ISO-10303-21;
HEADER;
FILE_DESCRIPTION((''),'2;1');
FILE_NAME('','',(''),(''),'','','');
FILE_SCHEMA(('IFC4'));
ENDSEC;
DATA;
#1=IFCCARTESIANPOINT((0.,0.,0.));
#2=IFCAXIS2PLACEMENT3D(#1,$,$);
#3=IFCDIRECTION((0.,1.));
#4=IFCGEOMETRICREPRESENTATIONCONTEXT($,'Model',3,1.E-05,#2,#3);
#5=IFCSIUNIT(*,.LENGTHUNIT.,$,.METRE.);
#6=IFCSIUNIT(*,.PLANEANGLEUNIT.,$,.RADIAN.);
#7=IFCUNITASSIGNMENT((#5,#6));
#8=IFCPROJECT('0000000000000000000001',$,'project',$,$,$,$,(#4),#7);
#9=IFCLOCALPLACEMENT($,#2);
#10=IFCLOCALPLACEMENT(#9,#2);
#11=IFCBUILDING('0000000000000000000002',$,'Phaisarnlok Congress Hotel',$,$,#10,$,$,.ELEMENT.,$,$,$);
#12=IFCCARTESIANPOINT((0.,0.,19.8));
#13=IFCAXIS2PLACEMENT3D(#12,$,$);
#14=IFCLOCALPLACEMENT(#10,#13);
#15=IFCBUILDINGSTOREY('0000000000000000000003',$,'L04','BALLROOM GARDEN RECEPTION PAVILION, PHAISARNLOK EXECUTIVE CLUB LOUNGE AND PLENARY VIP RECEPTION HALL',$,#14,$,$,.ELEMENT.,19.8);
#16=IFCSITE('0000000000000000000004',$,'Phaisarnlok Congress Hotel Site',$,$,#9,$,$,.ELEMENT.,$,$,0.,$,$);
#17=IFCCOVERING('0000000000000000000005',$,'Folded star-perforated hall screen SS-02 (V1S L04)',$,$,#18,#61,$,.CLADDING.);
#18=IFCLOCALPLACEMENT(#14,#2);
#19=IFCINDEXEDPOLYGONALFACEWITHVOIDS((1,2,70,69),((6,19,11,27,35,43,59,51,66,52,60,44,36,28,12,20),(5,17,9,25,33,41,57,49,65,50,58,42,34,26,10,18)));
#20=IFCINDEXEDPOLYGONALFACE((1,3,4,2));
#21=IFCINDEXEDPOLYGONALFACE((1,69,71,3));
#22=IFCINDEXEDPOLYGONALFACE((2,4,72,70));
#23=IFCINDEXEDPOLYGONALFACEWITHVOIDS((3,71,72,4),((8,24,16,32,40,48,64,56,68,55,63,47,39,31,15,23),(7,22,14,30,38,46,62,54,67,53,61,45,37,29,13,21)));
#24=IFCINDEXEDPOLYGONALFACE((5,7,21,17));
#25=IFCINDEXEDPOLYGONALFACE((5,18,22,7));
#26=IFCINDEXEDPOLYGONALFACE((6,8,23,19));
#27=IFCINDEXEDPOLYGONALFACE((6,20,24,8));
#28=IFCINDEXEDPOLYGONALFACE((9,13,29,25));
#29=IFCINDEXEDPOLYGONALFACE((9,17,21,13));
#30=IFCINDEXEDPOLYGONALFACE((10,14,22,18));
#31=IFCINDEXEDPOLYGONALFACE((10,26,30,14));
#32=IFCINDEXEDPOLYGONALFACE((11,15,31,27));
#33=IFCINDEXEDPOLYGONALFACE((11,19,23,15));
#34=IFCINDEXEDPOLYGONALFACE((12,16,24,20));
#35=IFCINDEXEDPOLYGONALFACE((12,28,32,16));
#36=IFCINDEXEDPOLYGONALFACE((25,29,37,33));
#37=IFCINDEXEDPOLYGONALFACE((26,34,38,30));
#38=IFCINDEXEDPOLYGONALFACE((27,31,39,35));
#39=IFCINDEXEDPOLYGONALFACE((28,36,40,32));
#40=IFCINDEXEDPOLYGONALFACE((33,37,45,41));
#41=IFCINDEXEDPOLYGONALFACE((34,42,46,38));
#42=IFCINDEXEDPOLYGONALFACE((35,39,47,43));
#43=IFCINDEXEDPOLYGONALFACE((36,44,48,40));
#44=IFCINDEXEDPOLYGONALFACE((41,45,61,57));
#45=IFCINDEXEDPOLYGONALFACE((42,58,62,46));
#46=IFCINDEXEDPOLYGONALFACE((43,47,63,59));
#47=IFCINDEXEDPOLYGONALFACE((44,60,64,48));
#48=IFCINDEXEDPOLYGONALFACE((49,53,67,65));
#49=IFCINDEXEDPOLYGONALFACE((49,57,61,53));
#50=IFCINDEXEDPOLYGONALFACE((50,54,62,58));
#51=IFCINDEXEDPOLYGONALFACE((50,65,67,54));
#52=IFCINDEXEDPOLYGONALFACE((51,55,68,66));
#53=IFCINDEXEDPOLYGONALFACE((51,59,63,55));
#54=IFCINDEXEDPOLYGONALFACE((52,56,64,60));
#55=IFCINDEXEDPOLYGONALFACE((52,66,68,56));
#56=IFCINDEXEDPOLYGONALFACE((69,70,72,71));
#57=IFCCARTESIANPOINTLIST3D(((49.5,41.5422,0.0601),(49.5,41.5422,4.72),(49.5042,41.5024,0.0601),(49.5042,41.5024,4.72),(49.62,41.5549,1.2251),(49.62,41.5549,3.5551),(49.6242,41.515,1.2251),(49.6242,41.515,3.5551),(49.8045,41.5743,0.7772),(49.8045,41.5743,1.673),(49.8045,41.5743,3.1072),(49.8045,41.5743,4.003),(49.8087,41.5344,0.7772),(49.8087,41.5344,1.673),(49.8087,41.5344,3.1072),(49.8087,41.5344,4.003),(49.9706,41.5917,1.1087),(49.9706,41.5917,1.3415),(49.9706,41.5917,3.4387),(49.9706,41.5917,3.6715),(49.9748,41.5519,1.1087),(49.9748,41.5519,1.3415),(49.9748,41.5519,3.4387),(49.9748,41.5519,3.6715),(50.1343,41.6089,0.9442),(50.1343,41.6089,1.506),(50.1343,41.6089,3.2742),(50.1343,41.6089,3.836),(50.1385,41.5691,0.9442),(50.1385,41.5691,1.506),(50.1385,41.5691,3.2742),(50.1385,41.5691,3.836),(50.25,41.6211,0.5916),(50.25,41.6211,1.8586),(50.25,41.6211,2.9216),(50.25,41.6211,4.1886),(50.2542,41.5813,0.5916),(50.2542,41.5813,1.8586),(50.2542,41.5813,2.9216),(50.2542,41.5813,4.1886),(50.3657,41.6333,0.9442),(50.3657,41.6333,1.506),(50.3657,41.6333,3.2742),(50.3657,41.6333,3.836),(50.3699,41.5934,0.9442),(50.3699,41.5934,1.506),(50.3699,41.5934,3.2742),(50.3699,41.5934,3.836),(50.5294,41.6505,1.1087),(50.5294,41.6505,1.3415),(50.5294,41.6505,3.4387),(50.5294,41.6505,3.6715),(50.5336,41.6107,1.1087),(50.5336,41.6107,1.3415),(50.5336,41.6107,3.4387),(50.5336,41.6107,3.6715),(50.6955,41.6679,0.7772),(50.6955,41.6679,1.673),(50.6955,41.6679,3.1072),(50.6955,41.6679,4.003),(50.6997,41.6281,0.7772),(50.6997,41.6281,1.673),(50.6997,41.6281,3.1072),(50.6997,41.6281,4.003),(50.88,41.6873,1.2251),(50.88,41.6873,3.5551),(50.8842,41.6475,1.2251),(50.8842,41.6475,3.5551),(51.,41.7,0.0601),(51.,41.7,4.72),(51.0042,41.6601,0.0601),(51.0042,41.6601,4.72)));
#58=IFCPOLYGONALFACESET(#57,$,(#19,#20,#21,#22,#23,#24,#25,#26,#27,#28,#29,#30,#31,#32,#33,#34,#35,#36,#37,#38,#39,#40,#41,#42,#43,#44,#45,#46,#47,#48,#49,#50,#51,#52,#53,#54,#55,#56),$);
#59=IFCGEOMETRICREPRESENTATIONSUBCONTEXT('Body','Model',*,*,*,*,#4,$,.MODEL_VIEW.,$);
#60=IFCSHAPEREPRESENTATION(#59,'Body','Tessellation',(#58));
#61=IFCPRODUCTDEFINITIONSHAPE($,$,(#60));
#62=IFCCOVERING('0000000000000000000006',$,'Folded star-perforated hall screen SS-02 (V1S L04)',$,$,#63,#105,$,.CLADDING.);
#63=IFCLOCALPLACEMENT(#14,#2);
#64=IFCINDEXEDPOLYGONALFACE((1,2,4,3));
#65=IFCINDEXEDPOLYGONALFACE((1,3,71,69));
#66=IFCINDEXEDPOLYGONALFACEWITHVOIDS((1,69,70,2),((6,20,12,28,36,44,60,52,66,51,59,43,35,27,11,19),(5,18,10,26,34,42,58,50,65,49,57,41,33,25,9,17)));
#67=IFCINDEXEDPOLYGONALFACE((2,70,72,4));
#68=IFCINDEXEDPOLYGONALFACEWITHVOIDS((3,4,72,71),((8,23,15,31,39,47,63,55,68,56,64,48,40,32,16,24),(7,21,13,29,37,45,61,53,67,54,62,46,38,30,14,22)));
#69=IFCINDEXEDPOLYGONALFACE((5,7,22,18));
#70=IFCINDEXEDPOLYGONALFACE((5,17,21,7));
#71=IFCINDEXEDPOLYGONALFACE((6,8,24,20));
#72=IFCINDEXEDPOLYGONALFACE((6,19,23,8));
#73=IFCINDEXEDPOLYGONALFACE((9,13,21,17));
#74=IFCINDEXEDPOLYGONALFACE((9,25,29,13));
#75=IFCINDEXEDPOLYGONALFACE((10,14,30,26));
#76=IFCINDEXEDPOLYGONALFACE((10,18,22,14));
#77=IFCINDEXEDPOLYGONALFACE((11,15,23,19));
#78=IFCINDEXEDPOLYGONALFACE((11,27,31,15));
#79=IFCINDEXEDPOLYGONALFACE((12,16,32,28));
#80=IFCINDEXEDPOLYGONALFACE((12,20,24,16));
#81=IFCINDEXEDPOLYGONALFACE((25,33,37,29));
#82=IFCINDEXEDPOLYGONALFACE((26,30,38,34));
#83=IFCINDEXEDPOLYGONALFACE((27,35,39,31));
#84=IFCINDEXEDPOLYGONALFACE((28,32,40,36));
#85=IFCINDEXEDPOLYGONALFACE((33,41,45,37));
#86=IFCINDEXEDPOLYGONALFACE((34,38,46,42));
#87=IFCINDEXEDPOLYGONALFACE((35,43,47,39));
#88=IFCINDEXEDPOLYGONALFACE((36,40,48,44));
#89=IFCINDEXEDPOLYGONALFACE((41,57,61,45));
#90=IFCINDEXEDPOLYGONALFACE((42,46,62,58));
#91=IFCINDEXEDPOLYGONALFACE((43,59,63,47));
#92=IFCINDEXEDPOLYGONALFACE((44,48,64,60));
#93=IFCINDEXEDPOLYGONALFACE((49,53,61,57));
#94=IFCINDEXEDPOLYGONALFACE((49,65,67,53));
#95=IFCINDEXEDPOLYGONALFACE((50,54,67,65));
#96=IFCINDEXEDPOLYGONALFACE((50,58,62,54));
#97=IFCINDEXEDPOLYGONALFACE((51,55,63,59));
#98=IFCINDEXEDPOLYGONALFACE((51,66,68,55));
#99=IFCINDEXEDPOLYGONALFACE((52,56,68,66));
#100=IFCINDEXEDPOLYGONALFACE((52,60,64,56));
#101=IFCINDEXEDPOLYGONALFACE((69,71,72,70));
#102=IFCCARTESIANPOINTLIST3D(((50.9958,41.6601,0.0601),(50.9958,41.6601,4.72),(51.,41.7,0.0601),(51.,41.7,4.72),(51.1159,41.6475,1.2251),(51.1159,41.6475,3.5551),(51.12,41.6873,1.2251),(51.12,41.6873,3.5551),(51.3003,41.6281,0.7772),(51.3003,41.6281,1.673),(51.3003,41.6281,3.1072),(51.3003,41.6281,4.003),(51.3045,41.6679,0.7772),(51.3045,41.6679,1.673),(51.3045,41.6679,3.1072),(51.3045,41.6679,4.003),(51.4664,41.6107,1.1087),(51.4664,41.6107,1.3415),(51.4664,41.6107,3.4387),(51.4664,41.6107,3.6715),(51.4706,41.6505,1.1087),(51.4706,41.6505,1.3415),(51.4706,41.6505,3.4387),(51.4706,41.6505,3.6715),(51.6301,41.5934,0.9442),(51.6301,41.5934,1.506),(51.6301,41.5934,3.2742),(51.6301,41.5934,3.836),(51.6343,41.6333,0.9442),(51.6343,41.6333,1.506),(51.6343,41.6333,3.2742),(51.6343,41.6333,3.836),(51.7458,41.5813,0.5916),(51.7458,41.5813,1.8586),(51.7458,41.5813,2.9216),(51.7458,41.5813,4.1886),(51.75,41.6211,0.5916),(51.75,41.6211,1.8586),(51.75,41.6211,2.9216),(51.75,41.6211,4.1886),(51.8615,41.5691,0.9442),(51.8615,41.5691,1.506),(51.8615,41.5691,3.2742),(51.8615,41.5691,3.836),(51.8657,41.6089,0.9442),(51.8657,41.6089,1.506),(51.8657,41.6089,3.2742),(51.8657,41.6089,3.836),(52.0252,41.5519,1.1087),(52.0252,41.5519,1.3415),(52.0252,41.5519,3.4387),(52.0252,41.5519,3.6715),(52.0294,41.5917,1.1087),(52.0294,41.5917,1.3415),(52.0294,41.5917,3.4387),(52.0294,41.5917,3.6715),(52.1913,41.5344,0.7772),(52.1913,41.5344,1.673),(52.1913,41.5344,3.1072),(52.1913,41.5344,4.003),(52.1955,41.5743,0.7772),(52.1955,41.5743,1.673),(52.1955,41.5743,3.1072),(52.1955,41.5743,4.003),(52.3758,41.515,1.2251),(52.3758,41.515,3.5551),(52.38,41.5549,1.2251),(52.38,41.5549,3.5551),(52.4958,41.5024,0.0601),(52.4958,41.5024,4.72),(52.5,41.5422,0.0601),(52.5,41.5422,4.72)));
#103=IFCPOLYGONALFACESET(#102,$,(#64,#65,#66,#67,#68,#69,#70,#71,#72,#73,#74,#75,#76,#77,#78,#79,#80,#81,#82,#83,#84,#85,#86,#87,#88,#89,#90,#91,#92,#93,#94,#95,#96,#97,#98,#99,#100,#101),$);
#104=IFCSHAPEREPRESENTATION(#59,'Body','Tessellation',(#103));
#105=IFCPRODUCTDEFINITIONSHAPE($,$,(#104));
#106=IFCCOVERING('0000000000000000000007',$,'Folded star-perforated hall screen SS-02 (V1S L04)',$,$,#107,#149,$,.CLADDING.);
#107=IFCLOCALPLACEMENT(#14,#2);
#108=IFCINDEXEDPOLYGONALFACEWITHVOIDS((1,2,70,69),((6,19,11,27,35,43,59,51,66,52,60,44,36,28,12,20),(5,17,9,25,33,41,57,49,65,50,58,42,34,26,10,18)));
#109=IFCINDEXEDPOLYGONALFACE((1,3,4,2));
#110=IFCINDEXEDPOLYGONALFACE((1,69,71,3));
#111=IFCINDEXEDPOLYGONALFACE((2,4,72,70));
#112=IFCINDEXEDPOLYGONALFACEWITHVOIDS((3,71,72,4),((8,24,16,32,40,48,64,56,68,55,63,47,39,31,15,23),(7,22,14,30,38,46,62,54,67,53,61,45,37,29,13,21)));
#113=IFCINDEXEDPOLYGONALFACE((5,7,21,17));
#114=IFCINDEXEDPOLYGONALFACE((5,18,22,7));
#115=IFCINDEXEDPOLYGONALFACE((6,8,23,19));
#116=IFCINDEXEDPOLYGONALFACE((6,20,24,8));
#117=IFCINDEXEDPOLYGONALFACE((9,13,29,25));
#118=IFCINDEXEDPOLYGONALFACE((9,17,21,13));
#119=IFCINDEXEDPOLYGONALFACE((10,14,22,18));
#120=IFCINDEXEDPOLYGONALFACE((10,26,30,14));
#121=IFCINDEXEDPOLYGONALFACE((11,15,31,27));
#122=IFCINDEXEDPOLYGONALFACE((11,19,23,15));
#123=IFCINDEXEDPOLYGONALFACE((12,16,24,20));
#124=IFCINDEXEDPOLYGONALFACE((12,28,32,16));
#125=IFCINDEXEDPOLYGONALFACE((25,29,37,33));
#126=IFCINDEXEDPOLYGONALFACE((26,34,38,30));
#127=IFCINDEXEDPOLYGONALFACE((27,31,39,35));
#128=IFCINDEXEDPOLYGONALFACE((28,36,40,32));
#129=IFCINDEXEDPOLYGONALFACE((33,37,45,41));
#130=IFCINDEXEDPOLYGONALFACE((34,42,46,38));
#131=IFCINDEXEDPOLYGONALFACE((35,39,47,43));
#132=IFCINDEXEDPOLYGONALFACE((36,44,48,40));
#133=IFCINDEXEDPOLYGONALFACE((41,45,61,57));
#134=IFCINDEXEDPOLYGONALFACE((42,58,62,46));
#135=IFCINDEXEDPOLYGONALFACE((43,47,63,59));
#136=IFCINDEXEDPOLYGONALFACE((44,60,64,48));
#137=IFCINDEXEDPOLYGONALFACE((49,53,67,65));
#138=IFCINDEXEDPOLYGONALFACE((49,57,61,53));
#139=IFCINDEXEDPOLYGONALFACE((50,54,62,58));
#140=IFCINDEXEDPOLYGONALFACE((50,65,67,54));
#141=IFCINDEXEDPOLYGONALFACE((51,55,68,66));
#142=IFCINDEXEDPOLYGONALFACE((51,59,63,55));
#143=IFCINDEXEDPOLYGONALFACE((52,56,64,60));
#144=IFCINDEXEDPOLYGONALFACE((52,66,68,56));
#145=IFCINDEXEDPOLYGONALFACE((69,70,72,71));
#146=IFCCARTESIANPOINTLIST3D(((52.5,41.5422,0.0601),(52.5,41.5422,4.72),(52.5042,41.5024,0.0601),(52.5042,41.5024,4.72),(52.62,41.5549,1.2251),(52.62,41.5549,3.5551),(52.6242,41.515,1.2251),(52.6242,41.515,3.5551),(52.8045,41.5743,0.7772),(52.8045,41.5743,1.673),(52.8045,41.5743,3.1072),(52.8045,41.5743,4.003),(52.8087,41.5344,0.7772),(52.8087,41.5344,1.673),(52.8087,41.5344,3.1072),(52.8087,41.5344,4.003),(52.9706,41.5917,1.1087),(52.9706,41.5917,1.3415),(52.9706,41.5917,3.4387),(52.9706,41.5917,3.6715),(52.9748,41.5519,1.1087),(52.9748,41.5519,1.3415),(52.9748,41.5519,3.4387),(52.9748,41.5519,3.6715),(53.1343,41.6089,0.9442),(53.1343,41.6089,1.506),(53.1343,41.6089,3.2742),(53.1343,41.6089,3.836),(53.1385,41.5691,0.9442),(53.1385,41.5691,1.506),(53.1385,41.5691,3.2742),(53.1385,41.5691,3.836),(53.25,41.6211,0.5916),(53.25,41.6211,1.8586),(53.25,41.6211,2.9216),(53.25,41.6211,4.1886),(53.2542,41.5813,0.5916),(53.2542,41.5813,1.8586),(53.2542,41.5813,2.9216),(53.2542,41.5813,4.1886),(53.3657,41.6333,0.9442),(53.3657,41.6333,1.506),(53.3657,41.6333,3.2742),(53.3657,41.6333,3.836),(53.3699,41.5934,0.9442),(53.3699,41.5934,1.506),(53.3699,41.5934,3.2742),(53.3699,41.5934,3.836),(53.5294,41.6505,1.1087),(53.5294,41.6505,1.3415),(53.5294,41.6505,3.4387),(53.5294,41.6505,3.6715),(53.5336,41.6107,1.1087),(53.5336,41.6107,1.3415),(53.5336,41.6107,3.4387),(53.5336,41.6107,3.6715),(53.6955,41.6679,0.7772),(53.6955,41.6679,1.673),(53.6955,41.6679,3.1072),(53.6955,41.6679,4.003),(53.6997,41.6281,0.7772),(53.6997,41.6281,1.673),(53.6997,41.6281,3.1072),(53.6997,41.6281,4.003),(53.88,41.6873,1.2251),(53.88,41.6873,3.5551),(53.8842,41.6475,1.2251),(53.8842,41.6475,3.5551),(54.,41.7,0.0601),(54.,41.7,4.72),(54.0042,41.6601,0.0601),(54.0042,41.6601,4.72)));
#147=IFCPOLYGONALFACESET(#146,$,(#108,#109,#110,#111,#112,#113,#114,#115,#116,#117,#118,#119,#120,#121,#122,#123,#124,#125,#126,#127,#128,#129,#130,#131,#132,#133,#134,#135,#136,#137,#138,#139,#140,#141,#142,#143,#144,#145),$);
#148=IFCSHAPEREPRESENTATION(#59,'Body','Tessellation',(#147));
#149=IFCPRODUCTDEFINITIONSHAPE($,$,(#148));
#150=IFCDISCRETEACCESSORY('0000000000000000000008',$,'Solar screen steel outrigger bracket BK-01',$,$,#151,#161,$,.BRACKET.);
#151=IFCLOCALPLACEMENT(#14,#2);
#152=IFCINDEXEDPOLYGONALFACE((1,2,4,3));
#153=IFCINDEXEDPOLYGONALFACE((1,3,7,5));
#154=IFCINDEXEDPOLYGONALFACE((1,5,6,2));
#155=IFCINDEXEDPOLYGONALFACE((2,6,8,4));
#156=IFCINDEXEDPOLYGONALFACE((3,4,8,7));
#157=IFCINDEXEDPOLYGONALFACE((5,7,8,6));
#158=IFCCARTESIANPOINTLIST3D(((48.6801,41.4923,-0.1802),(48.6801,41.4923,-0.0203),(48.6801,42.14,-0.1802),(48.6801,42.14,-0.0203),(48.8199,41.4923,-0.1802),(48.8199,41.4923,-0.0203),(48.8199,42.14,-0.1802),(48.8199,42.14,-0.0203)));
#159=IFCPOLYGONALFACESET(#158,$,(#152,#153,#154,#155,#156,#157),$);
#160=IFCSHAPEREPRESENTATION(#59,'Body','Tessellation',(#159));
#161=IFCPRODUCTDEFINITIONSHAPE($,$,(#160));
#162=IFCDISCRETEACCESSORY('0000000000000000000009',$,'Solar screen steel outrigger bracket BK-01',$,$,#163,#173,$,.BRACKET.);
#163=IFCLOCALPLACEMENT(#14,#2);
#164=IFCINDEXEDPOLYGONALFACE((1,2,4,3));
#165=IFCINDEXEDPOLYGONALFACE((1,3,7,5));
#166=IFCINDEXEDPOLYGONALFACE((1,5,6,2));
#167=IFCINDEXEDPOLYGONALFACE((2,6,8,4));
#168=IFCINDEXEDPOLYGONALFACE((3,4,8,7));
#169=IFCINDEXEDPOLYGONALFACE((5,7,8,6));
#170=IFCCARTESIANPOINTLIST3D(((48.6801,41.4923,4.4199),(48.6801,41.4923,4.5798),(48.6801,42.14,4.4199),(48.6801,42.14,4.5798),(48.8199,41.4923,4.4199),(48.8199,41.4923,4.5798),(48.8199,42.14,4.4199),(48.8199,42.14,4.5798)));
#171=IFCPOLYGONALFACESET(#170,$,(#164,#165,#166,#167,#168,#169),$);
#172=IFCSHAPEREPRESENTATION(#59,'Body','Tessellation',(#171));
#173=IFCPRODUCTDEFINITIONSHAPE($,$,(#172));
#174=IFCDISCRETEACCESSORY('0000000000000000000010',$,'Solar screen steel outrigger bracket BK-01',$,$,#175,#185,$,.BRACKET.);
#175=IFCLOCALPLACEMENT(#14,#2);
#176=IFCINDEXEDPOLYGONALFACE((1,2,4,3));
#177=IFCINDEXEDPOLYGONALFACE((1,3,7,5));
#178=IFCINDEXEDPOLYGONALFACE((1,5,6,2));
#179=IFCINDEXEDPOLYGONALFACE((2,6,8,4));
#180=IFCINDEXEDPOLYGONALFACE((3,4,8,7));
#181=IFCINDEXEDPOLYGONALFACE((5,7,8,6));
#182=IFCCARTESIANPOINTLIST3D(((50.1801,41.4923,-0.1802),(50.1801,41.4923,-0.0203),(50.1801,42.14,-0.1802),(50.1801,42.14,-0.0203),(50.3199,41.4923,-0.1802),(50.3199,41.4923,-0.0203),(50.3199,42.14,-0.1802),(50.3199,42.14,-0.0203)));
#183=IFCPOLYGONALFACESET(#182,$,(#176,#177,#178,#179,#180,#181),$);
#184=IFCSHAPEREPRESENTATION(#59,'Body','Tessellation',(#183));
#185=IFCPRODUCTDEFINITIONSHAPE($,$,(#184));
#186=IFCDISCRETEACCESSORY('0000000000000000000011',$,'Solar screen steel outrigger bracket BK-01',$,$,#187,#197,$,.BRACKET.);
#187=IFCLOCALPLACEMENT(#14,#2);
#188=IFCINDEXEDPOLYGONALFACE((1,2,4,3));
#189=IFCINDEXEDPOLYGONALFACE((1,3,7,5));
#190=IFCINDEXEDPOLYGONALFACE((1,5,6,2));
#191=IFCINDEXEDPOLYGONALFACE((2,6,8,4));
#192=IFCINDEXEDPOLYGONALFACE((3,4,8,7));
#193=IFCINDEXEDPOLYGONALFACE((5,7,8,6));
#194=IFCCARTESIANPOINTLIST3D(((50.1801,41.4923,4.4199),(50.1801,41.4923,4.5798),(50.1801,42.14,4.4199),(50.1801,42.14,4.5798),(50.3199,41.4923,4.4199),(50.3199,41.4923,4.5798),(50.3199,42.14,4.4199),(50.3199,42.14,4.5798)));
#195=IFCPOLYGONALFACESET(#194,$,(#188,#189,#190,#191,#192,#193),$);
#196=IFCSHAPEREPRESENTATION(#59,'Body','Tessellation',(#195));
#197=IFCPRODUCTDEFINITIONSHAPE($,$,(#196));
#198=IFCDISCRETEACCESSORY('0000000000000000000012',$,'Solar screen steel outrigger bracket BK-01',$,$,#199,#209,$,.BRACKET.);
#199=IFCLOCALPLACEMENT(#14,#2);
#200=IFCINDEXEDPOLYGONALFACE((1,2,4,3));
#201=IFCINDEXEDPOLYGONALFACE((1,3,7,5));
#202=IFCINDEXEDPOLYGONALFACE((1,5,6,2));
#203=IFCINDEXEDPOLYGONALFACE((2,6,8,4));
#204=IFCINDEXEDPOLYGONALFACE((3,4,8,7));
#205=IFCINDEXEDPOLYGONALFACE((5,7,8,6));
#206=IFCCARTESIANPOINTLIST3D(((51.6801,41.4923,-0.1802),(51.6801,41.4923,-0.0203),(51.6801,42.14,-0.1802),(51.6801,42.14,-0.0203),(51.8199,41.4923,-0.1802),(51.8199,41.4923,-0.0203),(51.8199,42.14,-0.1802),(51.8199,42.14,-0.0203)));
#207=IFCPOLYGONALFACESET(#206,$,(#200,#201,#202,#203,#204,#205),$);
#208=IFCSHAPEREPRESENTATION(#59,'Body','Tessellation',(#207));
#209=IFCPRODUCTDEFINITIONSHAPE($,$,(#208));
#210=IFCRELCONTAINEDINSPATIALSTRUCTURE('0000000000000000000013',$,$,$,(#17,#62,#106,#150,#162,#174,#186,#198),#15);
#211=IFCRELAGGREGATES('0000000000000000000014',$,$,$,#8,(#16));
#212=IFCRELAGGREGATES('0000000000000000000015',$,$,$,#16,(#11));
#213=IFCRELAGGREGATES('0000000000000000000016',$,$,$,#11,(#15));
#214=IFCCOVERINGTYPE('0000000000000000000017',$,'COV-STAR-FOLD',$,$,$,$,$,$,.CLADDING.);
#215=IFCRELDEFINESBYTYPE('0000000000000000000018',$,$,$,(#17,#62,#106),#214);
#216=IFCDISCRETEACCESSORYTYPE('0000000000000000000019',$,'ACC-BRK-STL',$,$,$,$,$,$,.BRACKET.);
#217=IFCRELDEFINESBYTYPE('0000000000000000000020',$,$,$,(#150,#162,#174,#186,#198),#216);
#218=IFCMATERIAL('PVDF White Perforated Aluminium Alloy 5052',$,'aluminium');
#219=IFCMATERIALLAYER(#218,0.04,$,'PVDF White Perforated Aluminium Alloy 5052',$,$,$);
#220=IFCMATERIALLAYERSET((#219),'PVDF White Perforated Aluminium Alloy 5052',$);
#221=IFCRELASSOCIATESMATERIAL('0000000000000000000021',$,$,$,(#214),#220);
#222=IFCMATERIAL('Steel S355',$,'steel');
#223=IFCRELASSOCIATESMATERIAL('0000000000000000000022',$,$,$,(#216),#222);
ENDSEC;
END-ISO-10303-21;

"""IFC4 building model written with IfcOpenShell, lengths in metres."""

from ifc_helpers import new_model, si_unit, direction, frame, origin, origin_2d, place, context, subcontext, project, spatial, polyline, rectangle, outline, extrude, material, layer, layer_set, type_object, element, save


model = new_model("IFC4")

# Units and contexts
model_context = context("Model", 3, precision=1e-05, world=origin(), true_north=direction((0.0, 1.0)))
body_context = subcontext(model_context, "Body", "Model", "MODEL_VIEW")
ifc_project = project(units=[si_unit("LENGTHUNIT", "METRE"), si_unit("PLANEANGLEUNIT", "RADIAN")], contexts=[model_context])

# Site, building, storey
site_placement = place(None, origin())
site = spatial("IfcSite", under=ifc_project, at=site_placement, Name="Phaisarnlok Congress Hotel Site", CompositionType="ELEMENT", RefElevation=0.0)
building_placement = place(site_placement, origin())
building = spatial("IfcBuilding", under=site, at=building_placement, Name="Phaisarnlok Congress Hotel", CompositionType="ELEMENT")
storey_placement = place(building_placement, frame((0.0, 0.0, 19.8)))
storey = spatial("IfcBuildingStorey", under=building, at=storey_placement, Name="L04", Description="BALLROOM GARDEN RECEPTION PAVILION, PHAISARNLOK EXECUTIVE CLUB LOUNGE AND PLENARY VIP RECEPTION HALL", CompositionType="ELEMENT", Elevation=19.8)

# Shared definitions
ifc_material_1 = material(Name="Steel S355", Category="steel")

# Coverings
ifc_material_2 = material(Name="PVDF White Perforated Aluminium Alloy 5052", Category="aluminium")
ifc_layer_1 = layer(ifc_material_2, 0.04, Name="PVDF White Perforated Aluminium Alloy 5052")
ifc_layer_set_1 = layer_set([ifc_layer_1], Name="PVDF White Perforated Aluminium Alloy 5052")
covering_type = type_object("IfcCoveringType", Name="COV-STAR-FOLD", PredefinedType="CLADDING", material=ifc_layer_set_1)
for number, where, z_axis, x_axis, name in (
    (1, (49.5, 41.5422, 0.0601), (0.104567, -0.994518, 0.0), (0.994518, 0.104567, 0.0), "Folded star-perforated hall screen SS-02 (V1S L04)"),
    (2, (51.0, 41.7, 0.0601), (-0.104567, -0.994518, 0.0), (0.994518, -0.104567, 0.0), "Folded star-perforated hall screen SS-02 (V1S L04)"),
    (3, (52.5, 41.5422, 0.0601), (0.104567, -0.994518, 0.0), (0.994518, 0.104567, 0.0), "Folded star-perforated hall screen SS-02 (V1S L04)"),
):
    element("IfcCovering", number, at=place(storey_placement, frame(where, z_axis=z_axis, x_axis=x_axis)), inside=storey, type_object=covering_type, Name=name, PredefinedType="CLADDING", context=body_context, shape_type="SweptSolid", body=[
        extrude(outline(polyline([(0.0, 0.0), (1.5083, 0.0), (1.5083, 4.6599), (0.0, 4.6599), (0.0, 0.0)]), holes=[polyline([(1.0351, 1.0486), (1.2021, 0.7171), (0.8705, 0.8841), (0.7541, 0.5315), (0.6378, 0.8841), (0.3062, 0.7171), (0.4732, 1.0486), (0.1207, 1.165), (0.4732, 1.2814), (0.3062, 1.6129), (0.6378, 1.4459), (0.7541, 1.7985), (0.8705, 1.4459), (1.2021, 1.6129), (1.0351, 1.2814), (1.3876, 1.165), (1.0351, 1.0486)]), polyline([(1.0351, 3.3786), (1.2021, 3.0471), (0.8705, 3.2141), (0.7541, 2.8615), (0.6378, 3.2141), (0.3062, 3.0471), (0.4732, 3.3786), (0.1207, 3.495), (0.4732, 3.6114), (0.3062, 3.9429), (0.6378, 3.7759), (0.7541, 4.1285), (0.8705, 3.7759), (1.2021, 3.9429), (1.0351, 3.6114), (1.3876, 3.495), (1.0351, 3.3786)])]), origin(), (0.0, 0.0, 1.0), 0.04),
    ])

# Discrete accessories
discrete_accessory_type = type_object("IfcDiscreteAccessoryType", Name="ACC-BRK-STL", PredefinedType="BRACKET", material=ifc_material_1)
for number, where, z_axis, x_axis, name in (
    (4, (48.75, 41.8162, -0.1802), (0.0, 0.0, 1.0), (1.0, 0.0, 0.0), "Solar screen steel outrigger bracket BK-01"),
    (5, (48.75, 41.8162, 4.4199), (0.0, 0.0, 1.0), (1.0, 0.0, 0.0), "Solar screen steel outrigger bracket BK-01"),
    (6, (50.25, 41.8162, -0.1802), (0.0, 0.0, 1.0), (1.0, 0.0, 0.0), "Solar screen steel outrigger bracket BK-01"),
    (7, (50.25, 41.8162, 4.4199), (0.0, 0.0, 1.0), (1.0, 0.0, 0.0), "Solar screen steel outrigger bracket BK-01"),
    (8, (51.75, 41.8162, -0.1802), (0.0, 0.0, 1.0), (1.0, 0.0, 0.0), "Solar screen steel outrigger bracket BK-01"),
):
    element("IfcDiscreteAccessory", number, at=place(storey_placement, frame(where, z_axis=z_axis, x_axis=x_axis)), inside=storey, type_object=discrete_accessory_type, Name=name, PredefinedType="BRACKET", context=body_context, shape_type="SweptSolid", body=[
        extrude(rectangle(XDim=0.1399, YDim=0.6477, at=origin_2d()), origin(), (0.0, 0.0, 1.0), 0.1599),
    ])

save(model, "model.ifc")
